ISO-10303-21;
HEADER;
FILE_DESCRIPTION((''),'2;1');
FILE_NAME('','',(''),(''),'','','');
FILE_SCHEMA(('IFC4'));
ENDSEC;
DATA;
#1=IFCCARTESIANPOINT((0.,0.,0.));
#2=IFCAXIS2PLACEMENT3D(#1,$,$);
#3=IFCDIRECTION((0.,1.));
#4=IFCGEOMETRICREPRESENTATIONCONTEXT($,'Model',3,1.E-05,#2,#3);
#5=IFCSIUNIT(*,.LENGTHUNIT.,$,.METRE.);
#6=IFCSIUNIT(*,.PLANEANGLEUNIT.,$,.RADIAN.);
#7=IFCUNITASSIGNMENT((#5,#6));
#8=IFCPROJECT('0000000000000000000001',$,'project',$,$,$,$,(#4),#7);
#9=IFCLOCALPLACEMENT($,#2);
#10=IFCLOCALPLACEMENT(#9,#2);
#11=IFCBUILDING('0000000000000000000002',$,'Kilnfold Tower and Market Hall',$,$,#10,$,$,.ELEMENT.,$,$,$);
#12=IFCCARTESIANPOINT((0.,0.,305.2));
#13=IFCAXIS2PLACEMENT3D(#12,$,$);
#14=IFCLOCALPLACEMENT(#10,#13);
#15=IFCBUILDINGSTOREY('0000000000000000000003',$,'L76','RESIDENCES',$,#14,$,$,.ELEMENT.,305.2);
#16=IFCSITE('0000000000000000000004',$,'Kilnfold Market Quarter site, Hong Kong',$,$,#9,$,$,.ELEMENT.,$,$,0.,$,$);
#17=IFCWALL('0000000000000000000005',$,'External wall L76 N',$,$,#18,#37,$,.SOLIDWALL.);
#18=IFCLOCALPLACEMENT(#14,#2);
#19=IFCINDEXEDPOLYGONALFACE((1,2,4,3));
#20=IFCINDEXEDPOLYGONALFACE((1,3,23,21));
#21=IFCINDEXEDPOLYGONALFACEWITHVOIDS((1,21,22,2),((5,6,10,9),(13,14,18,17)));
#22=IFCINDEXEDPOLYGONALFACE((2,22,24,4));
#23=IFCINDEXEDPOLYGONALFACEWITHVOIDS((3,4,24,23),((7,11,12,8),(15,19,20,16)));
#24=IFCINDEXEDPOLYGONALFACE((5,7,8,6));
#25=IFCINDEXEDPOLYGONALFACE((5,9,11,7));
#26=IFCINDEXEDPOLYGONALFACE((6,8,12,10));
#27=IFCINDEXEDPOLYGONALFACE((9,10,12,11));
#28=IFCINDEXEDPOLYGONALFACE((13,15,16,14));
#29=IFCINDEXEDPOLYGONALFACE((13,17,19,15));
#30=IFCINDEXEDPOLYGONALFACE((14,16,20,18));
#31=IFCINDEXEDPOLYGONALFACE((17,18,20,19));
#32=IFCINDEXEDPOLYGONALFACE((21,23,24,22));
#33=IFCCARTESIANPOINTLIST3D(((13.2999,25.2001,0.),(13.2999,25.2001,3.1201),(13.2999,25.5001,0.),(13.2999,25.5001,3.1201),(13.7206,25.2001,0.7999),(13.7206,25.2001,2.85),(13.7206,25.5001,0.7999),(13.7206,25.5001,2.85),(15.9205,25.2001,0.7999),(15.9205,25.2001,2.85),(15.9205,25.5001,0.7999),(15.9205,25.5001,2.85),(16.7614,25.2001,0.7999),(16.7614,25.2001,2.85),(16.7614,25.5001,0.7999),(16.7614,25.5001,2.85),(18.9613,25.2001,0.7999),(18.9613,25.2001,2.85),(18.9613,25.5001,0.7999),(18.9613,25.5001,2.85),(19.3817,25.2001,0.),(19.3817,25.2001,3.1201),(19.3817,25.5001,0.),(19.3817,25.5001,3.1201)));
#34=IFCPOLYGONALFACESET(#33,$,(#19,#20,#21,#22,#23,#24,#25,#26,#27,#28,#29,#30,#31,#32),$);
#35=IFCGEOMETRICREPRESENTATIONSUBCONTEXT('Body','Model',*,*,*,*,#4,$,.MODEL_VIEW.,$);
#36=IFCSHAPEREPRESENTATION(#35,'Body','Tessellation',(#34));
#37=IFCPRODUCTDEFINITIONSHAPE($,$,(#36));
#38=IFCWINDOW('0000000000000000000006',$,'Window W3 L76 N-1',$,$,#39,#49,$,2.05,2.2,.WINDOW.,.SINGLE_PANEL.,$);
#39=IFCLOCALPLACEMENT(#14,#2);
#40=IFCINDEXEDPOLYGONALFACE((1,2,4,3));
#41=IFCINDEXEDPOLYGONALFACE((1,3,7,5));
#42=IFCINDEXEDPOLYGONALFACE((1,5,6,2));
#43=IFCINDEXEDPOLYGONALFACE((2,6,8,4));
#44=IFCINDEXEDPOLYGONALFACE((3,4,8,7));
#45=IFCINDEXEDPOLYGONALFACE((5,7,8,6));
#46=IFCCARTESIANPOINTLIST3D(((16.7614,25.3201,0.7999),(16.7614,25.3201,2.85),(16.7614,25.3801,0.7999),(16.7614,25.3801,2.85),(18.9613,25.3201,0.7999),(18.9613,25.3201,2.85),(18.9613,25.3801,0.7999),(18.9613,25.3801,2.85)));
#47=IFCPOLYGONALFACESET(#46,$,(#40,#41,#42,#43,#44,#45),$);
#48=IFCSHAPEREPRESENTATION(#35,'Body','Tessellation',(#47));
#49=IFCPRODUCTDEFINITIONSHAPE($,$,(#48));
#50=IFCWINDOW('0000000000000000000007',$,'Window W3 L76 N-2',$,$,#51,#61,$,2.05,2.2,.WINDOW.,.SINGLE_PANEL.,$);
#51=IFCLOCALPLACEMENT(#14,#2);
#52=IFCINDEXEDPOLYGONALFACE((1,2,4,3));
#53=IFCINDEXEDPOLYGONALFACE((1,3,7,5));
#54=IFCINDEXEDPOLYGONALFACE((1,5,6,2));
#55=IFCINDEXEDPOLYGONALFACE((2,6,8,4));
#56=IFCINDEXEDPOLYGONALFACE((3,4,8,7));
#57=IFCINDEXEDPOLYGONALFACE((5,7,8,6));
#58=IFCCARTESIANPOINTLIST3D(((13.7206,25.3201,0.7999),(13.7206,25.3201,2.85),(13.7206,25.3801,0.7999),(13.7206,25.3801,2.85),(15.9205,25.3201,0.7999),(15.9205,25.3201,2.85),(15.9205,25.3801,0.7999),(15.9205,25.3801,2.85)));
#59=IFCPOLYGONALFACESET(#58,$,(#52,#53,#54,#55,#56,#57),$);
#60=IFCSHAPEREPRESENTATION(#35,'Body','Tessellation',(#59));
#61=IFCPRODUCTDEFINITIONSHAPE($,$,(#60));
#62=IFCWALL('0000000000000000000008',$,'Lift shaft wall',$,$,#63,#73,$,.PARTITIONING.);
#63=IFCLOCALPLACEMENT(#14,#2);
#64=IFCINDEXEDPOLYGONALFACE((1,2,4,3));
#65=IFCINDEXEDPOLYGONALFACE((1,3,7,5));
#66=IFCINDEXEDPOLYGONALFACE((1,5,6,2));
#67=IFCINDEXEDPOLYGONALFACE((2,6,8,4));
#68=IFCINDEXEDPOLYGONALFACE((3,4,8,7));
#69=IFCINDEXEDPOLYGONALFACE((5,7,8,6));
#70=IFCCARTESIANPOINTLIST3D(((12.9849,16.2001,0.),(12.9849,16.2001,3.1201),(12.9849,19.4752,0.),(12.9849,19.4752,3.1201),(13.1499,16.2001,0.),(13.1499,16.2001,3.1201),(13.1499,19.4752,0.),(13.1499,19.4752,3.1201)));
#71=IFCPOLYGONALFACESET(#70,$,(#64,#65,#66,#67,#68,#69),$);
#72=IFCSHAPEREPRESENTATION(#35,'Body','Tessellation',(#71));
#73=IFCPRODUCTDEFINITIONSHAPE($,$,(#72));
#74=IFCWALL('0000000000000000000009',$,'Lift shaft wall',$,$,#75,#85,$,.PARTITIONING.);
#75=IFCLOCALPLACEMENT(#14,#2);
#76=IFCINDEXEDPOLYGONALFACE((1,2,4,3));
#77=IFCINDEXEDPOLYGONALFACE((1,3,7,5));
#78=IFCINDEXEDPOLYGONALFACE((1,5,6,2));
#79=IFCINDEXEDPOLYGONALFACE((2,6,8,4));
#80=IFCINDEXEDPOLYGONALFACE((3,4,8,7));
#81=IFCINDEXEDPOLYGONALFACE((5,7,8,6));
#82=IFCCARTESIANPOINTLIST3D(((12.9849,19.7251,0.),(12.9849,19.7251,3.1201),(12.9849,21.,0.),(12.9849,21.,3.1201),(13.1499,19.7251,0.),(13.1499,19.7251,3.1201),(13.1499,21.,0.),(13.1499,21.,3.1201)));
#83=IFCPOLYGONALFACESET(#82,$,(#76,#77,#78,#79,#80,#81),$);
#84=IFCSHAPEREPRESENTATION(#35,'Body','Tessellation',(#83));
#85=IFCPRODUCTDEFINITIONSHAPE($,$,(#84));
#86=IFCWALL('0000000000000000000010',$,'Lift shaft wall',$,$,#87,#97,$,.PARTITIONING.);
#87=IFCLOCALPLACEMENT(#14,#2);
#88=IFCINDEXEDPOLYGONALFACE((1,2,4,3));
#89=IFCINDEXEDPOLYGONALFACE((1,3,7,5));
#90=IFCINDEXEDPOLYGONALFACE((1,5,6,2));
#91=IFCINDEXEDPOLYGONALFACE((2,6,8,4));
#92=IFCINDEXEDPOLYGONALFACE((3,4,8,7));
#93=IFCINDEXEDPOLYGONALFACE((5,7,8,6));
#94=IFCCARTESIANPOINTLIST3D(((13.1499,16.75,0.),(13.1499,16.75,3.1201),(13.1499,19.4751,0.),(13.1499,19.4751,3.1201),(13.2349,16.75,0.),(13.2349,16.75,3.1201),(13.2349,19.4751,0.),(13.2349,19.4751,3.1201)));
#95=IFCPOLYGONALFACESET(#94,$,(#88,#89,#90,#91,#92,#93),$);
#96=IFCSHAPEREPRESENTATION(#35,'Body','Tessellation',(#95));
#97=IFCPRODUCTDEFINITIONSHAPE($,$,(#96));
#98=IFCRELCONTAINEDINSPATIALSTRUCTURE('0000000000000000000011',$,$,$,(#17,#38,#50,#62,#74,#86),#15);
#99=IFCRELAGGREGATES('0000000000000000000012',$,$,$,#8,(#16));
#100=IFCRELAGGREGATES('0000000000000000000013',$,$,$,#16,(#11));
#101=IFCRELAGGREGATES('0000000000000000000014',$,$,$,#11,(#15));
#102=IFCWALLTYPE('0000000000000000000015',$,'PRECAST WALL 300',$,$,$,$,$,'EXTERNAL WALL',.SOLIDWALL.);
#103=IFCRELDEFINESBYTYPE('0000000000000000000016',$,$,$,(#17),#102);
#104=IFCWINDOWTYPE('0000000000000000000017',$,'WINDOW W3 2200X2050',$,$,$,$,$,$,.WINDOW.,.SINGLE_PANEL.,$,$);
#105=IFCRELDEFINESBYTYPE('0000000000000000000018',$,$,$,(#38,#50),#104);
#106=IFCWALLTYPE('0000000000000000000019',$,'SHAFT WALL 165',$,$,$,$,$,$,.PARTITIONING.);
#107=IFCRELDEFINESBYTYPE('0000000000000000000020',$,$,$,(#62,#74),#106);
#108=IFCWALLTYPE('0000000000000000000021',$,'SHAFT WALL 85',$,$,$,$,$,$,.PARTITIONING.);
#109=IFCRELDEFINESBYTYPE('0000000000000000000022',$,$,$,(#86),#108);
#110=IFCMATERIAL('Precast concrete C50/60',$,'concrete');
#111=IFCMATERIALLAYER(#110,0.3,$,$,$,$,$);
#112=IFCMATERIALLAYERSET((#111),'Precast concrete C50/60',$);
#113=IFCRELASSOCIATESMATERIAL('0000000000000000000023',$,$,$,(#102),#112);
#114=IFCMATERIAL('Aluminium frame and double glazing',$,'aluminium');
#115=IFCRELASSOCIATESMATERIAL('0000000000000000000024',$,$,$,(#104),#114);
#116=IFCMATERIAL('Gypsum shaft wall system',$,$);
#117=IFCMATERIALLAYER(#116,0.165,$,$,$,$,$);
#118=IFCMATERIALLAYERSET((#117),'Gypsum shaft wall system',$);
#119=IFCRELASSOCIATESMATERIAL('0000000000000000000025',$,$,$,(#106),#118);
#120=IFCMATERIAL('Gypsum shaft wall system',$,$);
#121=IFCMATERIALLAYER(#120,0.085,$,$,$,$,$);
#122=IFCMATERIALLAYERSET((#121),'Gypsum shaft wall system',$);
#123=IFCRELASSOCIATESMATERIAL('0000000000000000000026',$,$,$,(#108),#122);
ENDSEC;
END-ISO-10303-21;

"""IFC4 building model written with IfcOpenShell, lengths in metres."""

from ifc_helpers import new_model, si_unit, direction, frame, frame_2d, origin, place, context, subcontext, project, spatial, rectangle, extrude, source, transform, mapped, material, layer, layer_set, type_object, element, fill, save


model = new_model("IFC4")

# Units and contexts
model_context = context("Model", 3, precision=1e-05, world=origin(), true_north=direction((0.0, 1.0)))
body_context = subcontext(model_context, "Body", "Model", "MODEL_VIEW")
ifc_project = project(units=[si_unit("LENGTHUNIT", "METRE"), si_unit("PLANEANGLEUNIT", "RADIAN")], contexts=[model_context])

# Site, building, storey
site_placement = place(None, origin())
site = spatial("IfcSite", under=ifc_project, at=site_placement, Name="Kilnfold Market Quarter site, Hong Kong", CompositionType="ELEMENT", RefElevation=0.0)
building_placement = place(site_placement, origin())
building = spatial("IfcBuilding", under=site, at=building_placement, Name="Kilnfold Tower and Market Hall", CompositionType="ELEMENT")
storey_placement = place(building_placement, frame((0.0, 0.0, 305.2)))
storey = spatial("IfcBuildingStorey", under=building, at=storey_placement, Name="L76", Description="RESIDENCES", CompositionType="ELEMENT", Elevation=305.2)

# Shared definitions
ifc_material_1 = material(Name="Precast concrete C50/60", Category="concrete")
ifc_layer_1 = layer(ifc_material_1, 0.3)
ifc_layer_set_1 = layer_set([ifc_layer_1], Name="Precast concrete C50/60")
wall_type_1 = type_object("IfcWallType", Name="PRECAST WALL 300", ElementType="EXTERNAL WALL", PredefinedType="SOLIDWALL", material=ifc_layer_set_1)
ifc_material_2 = material(Name="Aluminium frame and double glazing", Category="aluminium")
window_type = type_object("IfcWindowType", Name="WINDOW W3 2200X2050", PartitioningType="SINGLE_PANEL", PredefinedType="WINDOW", material=ifc_material_2)

# Wall, openings, windows
shared_shape_1 = source(origin(), body_context, "Body", "SweptSolid", [
    extrude(rectangle(XDim=6.0818, YDim=0.3, at=frame_2d((3.041, 0.0))), origin(), (0.0, 0.0, 1.0), 3.1201),
])
wall_1_placement = place(storey_placement, frame((19.3818, 25.3501, 0.0), z_axis=(0.0, 0.0, 1.0), x_axis=(-1.0, 0.0, 0.0)))
wall_1 = element("IfcWall", 1, at=wall_1_placement, inside=storey, type_object=wall_type_1, Name="External wall L76 N", PredefinedType="SOLIDWALL", context=body_context, shape_type="MappedRepresentation", body=[
    mapped(shared_shape_1, transform((0.0, 0.0, 0.0))),
])
opening_1_placement = place(wall_1_placement, frame((0.4204, 0.0, 0.8)))
opening_1 = element("IfcOpeningElement", 2, at=opening_1_placement, cuts=wall_1, PredefinedType="OPENING", context=body_context, shape_type="SweptSolid", body=[
    extrude(rectangle(XDim=2.2, YDim=2.05, at=frame_2d((1.1001, 1.0249))), frame((0.0, 0.1602, 0.0), z_axis=(0.0, -1.0, 0.0), x_axis=(1.0, 0.0, 0.0)), (0.0, 0.0, 1.0), 0.3201),
])
opening_2_placement = place(wall_1_placement, frame((3.4612, 0.0, 0.8)))
opening_2 = element("IfcOpeningElement", 3, at=opening_2_placement, cuts=wall_1, PredefinedType="OPENING", context=body_context, shape_type="SweptSolid", body=[
    extrude(rectangle(XDim=2.2, YDim=2.05, at=frame_2d((1.1001, 1.0249))), frame((0.0, 0.1602, 0.0), z_axis=(0.0, -1.0, 0.0), x_axis=(1.0, 0.0, 0.0)), (0.0, 0.0, 1.0), 0.3201),
])
window_1_placement = place(opening_1_placement, origin())
window_1 = element("IfcWindow", 4, at=window_1_placement, inside=storey, type_object=window_type, Name="Window W3 L76 N-1", OverallHeight=2.05, OverallWidth=2.2, PartitioningType="SINGLE_PANEL", PredefinedType="WINDOW", context=body_context, shape_type="SweptSolid", body=[
    extrude(rectangle(XDim=2.2, YDim=2.05, at=frame_2d((1.1001, 1.0249))), frame((0.0, 0.03, 0.0), z_axis=(0.0, -1.0, 0.0), x_axis=(1.0, 0.0, 0.0)), (0.0, 0.0, 1.0), 0.0601),
])
fill(opening_1, window_1)
window_2_placement = place(opening_2_placement, origin())
window_2 = element("IfcWindow", 5, at=window_2_placement, inside=storey, type_object=window_type, Name="Window W3 L76 N-2", OverallHeight=2.05, OverallWidth=2.2, PartitioningType="SINGLE_PANEL", PredefinedType="WINDOW", context=body_context, shape_type="SweptSolid", body=[
    extrude(rectangle(XDim=2.2, YDim=2.05, at=frame_2d((1.1001, 1.0249))), frame((0.0, 0.03, 0.0), z_axis=(0.0, -1.0, 0.0), x_axis=(1.0, 0.0, 0.0)), (0.0, 0.0, 1.0), 0.0601),
])
fill(opening_2, window_2)

# Walls
ifc_material_3 = material(Name="Gypsum shaft wall system")
ifc_layer_2 = layer(ifc_material_3, 0.165)
ifc_layer_set_2 = layer_set([ifc_layer_2], Name="Gypsum shaft wall system")
wall_type_2 = type_object("IfcWallType", Name="SHAFT WALL 165", PredefinedType="PARTITIONING", material=ifc_layer_set_2)
shared_shape_2 = source(origin(), body_context, "Body", "SweptSolid", [
    extrude(rectangle(XDim=3.2751, YDim=0.165, at=frame_2d((1.6377, 0.0))), origin(), (0.0, 0.0, 1.0), 3.1201),
])
wall_2_placement = place(storey_placement, frame((13.0674, 16.2, 0.0), z_axis=(0.0, 0.0, 1.0), x_axis=(0.0, 1.0, 0.0)))
element("IfcWall", 6, at=wall_2_placement, inside=storey, type_object=wall_type_2, Name="Lift shaft wall", PredefinedType="PARTITIONING", context=body_context, shape_type="MappedRepresentation", body=[
    mapped(shared_shape_2, transform((0.0, 0.0, 0.0))),
])
shared_shape_3 = source(origin(), body_context, "Body", "SweptSolid", [
    extrude(rectangle(XDim=1.2749, YDim=0.165, at=frame_2d((0.6375, 0.0))), origin(), (0.0, 0.0, 1.0), 3.1201),
])
wall_3_placement = place(storey_placement, frame((13.0674, 19.7251, 0.0), z_axis=(0.0, 0.0, 1.0), x_axis=(0.0, 1.0, 0.0)))
element("IfcWall", 7, at=wall_3_placement, inside=storey, type_object=wall_type_2, Name="Lift shaft wall", PredefinedType="PARTITIONING", context=body_context, shape_type="MappedRepresentation", body=[
    mapped(shared_shape_3, transform((0.0, 0.0, 0.0))),
])
ifc_material_4 = material(Name="Gypsum shaft wall system")
ifc_layer_3 = layer(ifc_material_4, 0.085)
ifc_layer_set_3 = layer_set([ifc_layer_3], Name="Gypsum shaft wall system")
wall_type_3 = type_object("IfcWallType", Name="SHAFT WALL 85", PredefinedType="PARTITIONING", material=ifc_layer_set_3)
shared_shape_4 = source(origin(), body_context, "Body", "SweptSolid", [
    extrude(rectangle(XDim=2.7251, YDim=0.085, at=frame_2d((1.3625, 0.0))), origin(), (0.0, 0.0, 1.0), 3.1201),
])
wall_4_placement = place(storey_placement, frame((13.1924, 16.75, 0.0), z_axis=(0.0, 0.0, 1.0), x_axis=(0.0, 1.0, 0.0)))
element("IfcWall", 8, at=wall_4_placement, inside=storey, type_object=wall_type_3, Name="Lift shaft wall", PredefinedType="PARTITIONING", context=body_context, shape_type="MappedRepresentation", body=[
    mapped(shared_shape_4, transform((0.0, 0.0, 0.0))),
])

save(model, "model.ifc")
